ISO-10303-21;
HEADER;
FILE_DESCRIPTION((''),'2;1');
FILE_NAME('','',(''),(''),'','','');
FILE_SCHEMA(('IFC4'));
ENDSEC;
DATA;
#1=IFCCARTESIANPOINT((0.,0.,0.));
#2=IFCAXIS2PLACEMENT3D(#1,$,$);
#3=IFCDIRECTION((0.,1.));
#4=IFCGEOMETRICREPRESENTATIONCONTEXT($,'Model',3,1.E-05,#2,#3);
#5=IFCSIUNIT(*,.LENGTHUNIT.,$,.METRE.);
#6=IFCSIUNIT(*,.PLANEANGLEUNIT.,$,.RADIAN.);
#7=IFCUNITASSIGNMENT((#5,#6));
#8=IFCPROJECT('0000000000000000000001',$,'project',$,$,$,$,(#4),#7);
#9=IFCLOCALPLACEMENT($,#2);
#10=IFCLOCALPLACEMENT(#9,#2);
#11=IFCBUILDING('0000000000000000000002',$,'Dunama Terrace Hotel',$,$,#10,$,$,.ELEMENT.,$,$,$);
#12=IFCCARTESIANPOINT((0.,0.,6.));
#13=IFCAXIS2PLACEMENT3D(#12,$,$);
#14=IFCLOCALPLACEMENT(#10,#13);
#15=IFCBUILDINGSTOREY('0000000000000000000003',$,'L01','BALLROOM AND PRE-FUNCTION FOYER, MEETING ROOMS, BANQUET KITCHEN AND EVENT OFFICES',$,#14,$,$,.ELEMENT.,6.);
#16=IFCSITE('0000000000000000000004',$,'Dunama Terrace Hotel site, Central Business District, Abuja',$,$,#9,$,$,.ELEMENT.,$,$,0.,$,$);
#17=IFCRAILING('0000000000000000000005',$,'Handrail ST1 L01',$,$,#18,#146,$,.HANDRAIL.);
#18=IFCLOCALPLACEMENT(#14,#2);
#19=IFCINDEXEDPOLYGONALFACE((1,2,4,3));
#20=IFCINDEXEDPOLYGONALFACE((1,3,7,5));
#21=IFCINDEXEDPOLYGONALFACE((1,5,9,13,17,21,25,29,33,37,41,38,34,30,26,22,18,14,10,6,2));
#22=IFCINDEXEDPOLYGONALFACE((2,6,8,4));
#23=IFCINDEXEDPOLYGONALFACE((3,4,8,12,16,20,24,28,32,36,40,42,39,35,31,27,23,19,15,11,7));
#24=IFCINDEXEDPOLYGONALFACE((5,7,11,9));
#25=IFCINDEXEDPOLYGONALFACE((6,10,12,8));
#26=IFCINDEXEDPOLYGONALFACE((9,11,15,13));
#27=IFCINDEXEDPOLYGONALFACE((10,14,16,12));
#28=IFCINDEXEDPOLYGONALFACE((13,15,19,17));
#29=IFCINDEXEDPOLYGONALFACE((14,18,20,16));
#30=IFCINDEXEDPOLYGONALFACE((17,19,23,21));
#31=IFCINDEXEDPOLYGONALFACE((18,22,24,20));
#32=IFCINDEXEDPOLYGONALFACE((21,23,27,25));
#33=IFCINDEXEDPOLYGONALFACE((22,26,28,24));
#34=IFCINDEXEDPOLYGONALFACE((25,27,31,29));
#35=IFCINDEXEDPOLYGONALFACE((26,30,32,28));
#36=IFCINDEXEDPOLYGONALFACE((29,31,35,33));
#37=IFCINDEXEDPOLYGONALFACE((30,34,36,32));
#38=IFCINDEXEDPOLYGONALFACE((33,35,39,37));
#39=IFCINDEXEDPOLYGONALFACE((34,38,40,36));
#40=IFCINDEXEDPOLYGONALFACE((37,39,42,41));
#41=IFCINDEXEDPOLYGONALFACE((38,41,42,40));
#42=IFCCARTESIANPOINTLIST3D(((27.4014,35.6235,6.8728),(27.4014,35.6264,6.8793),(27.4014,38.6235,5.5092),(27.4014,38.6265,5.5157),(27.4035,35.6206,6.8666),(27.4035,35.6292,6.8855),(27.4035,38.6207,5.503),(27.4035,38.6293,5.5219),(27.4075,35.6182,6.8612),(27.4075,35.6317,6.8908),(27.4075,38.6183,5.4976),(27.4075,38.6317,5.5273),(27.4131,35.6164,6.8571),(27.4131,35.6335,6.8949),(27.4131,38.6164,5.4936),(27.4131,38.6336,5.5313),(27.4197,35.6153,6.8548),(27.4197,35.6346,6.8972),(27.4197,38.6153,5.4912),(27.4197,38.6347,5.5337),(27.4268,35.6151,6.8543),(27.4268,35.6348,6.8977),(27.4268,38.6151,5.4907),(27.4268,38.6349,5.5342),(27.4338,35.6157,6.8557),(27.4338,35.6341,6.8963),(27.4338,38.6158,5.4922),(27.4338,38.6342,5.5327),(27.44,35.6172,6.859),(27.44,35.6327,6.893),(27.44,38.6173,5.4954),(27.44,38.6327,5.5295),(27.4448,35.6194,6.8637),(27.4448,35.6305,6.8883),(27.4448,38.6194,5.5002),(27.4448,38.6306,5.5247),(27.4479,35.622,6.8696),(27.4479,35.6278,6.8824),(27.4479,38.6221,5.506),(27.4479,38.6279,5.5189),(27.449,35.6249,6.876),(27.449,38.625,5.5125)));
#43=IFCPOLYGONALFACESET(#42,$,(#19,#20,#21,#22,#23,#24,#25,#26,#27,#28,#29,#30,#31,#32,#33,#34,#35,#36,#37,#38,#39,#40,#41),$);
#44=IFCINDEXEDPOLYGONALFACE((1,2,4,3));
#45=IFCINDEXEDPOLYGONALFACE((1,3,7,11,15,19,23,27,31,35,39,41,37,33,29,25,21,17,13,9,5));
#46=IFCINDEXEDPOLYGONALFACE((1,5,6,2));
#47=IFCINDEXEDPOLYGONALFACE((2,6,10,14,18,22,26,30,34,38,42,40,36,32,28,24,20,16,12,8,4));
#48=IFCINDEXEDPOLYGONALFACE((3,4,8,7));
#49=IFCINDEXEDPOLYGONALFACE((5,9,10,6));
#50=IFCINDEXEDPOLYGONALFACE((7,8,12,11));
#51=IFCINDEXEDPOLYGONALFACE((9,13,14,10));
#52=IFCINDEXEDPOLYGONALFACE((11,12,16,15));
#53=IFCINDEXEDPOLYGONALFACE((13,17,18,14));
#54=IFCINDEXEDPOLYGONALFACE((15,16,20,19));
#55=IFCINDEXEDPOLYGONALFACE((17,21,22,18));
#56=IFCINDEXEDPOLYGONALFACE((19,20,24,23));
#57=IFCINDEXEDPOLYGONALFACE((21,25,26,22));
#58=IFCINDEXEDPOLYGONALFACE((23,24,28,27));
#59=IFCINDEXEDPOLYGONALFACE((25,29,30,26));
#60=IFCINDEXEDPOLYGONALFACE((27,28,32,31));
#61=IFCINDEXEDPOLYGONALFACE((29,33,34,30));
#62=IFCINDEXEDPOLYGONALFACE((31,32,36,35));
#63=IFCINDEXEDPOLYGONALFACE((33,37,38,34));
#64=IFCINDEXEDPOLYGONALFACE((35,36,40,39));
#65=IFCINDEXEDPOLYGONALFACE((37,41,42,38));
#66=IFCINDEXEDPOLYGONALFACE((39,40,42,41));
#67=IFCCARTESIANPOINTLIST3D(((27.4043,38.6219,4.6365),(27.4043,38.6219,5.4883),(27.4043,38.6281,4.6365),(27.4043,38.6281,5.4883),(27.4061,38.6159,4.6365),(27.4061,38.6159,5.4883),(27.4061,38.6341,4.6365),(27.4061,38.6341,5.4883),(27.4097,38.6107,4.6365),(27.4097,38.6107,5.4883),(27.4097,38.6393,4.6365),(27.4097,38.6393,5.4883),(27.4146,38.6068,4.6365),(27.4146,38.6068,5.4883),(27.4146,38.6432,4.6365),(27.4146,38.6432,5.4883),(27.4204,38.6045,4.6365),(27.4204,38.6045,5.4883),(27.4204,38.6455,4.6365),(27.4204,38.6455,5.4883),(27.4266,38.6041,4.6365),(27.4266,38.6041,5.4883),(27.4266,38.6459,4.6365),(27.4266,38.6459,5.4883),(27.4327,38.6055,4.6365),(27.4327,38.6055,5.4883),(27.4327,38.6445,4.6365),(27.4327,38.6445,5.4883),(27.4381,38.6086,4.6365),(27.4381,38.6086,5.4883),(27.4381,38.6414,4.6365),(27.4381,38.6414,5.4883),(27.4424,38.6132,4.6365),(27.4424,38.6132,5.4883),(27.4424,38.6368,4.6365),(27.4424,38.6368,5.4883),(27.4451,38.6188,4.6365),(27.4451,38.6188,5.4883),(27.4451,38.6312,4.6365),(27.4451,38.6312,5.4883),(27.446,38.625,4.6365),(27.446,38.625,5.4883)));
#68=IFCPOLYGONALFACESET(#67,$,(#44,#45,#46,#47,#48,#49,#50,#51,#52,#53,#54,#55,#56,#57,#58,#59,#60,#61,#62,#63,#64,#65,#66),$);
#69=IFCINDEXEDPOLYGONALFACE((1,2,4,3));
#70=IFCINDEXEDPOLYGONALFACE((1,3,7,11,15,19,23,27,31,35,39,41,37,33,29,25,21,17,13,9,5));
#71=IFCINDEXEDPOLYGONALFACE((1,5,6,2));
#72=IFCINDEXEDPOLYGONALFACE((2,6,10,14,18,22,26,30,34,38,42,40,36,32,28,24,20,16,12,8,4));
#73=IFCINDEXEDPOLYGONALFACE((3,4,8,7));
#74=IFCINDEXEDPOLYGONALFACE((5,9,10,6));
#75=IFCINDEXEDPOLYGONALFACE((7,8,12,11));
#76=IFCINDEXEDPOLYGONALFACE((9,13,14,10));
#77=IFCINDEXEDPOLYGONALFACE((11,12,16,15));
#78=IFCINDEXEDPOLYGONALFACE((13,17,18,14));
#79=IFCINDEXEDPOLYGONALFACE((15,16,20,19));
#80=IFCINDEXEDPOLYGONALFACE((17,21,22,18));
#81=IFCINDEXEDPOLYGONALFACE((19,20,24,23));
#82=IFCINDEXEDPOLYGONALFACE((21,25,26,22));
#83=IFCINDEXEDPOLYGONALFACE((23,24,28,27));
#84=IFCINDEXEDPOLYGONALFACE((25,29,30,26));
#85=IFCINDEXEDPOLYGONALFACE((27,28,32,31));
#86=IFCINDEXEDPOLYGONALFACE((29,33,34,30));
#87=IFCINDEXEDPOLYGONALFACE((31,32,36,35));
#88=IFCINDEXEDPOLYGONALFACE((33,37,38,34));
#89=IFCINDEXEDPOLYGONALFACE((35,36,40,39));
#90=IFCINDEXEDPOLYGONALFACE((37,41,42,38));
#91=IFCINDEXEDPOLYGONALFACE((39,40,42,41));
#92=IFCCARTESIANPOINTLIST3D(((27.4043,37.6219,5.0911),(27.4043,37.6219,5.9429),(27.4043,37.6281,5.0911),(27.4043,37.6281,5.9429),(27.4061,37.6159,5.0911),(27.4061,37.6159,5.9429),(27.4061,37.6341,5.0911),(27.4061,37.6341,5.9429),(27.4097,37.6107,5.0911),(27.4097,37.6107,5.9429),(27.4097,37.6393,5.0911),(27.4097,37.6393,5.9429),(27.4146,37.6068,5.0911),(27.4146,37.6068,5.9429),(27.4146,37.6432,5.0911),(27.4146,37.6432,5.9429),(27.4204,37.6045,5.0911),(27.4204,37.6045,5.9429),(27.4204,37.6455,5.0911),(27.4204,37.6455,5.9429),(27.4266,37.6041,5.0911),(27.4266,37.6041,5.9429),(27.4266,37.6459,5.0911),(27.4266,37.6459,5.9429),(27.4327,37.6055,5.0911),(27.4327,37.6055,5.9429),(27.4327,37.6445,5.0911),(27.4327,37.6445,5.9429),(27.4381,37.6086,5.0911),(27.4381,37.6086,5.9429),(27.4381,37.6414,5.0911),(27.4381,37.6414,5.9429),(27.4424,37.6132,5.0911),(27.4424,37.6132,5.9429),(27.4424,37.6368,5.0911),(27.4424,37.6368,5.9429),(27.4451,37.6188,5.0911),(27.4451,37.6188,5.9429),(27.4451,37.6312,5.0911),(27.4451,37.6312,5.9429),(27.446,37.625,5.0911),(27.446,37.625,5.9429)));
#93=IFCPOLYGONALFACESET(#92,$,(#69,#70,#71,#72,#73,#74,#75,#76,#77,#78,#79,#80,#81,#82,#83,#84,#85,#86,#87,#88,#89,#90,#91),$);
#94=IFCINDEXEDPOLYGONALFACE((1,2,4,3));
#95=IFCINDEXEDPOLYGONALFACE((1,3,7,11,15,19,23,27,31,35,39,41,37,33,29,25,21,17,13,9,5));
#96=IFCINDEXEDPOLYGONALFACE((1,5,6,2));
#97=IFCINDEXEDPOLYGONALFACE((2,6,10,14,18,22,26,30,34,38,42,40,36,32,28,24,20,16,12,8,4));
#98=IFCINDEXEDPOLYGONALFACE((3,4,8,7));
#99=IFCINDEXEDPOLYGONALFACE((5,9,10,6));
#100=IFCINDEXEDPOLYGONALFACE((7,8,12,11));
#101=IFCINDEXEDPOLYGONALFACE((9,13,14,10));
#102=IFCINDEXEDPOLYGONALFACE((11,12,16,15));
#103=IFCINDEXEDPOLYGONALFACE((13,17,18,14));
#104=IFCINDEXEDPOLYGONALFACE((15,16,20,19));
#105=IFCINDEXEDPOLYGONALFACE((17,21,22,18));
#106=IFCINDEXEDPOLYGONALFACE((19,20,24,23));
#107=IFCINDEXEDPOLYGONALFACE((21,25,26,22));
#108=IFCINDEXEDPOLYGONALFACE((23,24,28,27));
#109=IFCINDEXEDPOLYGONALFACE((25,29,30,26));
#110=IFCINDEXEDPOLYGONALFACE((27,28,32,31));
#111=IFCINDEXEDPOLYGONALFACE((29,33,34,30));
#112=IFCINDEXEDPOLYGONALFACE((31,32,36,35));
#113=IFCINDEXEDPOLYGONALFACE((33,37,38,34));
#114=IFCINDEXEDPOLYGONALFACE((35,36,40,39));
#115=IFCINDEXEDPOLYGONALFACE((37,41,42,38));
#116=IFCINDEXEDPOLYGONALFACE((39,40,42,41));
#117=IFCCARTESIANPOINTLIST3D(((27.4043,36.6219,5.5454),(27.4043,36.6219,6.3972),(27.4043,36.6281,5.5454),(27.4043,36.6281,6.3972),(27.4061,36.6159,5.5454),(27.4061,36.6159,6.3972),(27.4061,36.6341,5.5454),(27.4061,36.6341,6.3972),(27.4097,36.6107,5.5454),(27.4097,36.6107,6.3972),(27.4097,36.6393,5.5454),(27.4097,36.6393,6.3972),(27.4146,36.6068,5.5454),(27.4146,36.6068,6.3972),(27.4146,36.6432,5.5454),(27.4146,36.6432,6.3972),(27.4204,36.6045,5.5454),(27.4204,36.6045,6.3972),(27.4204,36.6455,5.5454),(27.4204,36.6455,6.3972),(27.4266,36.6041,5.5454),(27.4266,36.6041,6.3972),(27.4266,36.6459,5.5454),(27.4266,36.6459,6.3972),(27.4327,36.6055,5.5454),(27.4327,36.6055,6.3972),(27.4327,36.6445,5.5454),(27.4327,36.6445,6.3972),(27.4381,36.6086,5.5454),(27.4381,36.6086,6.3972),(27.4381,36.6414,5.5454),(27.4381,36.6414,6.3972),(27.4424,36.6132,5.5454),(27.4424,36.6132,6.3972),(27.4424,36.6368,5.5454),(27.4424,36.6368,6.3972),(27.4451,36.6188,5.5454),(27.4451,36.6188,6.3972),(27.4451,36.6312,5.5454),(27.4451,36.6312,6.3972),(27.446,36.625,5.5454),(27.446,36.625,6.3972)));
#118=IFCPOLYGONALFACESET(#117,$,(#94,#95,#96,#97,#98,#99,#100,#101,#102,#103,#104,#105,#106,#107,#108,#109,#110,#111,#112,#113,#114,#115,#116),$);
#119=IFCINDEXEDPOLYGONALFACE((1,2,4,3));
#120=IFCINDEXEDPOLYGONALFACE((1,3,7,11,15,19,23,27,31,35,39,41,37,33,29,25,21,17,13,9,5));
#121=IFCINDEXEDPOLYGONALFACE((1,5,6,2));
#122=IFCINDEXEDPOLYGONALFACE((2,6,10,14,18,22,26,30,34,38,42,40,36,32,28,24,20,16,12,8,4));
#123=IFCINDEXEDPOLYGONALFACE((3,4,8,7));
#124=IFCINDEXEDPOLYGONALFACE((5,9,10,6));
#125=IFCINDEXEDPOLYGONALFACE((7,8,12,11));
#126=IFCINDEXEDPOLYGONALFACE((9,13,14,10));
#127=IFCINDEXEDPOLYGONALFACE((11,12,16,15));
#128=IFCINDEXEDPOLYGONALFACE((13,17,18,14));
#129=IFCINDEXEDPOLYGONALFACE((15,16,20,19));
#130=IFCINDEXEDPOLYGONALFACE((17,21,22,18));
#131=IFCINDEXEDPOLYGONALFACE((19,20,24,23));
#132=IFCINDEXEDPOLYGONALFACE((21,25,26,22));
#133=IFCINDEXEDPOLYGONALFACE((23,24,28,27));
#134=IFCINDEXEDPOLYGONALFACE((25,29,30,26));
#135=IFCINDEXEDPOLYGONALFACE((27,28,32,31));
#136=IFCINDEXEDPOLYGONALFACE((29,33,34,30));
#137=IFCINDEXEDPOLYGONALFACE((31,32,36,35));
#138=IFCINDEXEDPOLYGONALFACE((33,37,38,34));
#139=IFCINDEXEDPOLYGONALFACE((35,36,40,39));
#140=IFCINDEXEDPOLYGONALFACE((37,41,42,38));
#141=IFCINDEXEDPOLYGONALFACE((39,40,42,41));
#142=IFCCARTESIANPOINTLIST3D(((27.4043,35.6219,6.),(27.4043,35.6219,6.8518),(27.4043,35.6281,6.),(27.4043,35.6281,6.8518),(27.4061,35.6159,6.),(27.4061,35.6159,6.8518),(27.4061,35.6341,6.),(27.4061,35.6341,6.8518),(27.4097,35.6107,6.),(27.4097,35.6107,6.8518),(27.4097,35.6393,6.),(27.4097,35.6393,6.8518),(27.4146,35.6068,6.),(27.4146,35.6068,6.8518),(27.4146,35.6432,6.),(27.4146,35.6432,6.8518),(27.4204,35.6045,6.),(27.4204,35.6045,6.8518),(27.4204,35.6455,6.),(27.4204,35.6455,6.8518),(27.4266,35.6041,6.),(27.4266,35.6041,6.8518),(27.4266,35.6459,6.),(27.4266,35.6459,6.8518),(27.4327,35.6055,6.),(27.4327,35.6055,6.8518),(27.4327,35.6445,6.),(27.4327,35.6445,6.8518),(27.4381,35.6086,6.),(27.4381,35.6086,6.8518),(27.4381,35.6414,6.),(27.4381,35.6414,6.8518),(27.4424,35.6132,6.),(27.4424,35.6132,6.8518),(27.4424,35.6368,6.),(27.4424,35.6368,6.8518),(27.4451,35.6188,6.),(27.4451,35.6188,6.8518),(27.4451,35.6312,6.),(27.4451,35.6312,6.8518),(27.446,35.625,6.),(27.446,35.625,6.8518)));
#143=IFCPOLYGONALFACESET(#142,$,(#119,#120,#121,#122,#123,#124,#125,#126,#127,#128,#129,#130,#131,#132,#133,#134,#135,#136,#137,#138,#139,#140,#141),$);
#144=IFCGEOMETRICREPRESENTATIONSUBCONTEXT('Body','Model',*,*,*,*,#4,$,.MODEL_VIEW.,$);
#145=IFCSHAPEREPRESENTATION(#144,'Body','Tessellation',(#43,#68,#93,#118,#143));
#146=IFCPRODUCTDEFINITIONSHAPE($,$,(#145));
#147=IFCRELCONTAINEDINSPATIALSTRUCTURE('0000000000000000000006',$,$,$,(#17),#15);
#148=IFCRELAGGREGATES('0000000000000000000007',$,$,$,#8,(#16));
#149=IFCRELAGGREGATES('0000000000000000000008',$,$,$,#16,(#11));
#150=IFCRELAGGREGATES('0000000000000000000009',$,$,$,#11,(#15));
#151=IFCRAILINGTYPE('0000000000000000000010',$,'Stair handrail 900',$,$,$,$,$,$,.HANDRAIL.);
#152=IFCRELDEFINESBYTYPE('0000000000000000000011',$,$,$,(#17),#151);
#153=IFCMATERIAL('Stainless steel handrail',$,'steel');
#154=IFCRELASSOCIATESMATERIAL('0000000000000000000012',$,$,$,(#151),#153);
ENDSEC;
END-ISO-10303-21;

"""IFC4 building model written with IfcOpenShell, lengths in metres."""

from ifc_helpers import new_model, si_unit, direction, frame, origin, origin_2d, place, context, subcontext, project, spatial, circle, extrude, material, type_object, element, save


model = new_model("IFC4")

# Units and contexts
model_context = context("Model", 3, precision=1e-05, world=origin(), true_north=direction((0.0, 1.0)))
body_context = subcontext(model_context, "Body", "Model", "MODEL_VIEW")
ifc_project = project(units=[si_unit("LENGTHUNIT", "METRE"), si_unit("PLANEANGLEUNIT", "RADIAN")], contexts=[model_context])

# Site, building, storey
site_placement = place(None, origin())
site = spatial("IfcSite", under=ifc_project, at=site_placement, Name="Dunama Terrace Hotel site, Central Business District, Abuja", CompositionType="ELEMENT", RefElevation=0.0)
building_placement = place(site_placement, origin())
building = spatial("IfcBuilding", under=site, at=building_placement, Name="Dunama Terrace Hotel", CompositionType="ELEMENT")
storey_placement = place(building_placement, frame((0.0, 0.0, 6.0)))
storey = spatial("IfcBuildingStorey", under=building, at=storey_placement, Name="L01", Description="BALLROOM AND PRE-FUNCTION FOYER, MEETING ROOMS, BANQUET KITCHEN AND EVENT OFFICES", CompositionType="ELEMENT", Elevation=6.0)

# Railing
ifc_material_1 = material(Name="Stainless steel handrail", Category="steel")
railing_type = type_object("IfcRailingType", Name="Stair handrail 900", PredefinedType="HANDRAIL", material=ifc_material_1)
railing_1_placement = place(storey_placement, frame((27.425, 38.625, 4.6365)))
element("IfcRailing", 1, at=railing_1_placement, inside=storey, type_object=railing_type, Name="Handrail ST1 L01", PredefinedType="HANDRAIL", context=body_context, shape_type="SweptSolid", body=[
    extrude(circle(Radius=0.0239, at=origin_2d()), frame((0.0, 0.0, 0.876), z_axis=(0.0, -0.910379, 0.413775), x_axis=(1.0, 0.0, 0.0)), (0.0, 0.0, 1.0), 3.2954),
    extrude(circle(Radius=0.021, at=origin_2d()), origin(), (0.0, 0.0, 1.0), 0.8518),
    extrude(circle(Radius=0.021, at=origin_2d()), frame((0.0, -1.0, 0.4546)), (0.0, 0.0, 1.0), 0.8518),
    extrude(circle(Radius=0.021, at=origin_2d()), frame((0.0, -2.0, 0.9089)), (0.0, 0.0, 1.0), 0.8518),
    extrude(circle(Radius=0.021, at=origin_2d()), frame((0.0, -3.0, 1.3635)), (0.0, 0.0, 1.0), 0.8518),
])

save(model, "model.ifc")
